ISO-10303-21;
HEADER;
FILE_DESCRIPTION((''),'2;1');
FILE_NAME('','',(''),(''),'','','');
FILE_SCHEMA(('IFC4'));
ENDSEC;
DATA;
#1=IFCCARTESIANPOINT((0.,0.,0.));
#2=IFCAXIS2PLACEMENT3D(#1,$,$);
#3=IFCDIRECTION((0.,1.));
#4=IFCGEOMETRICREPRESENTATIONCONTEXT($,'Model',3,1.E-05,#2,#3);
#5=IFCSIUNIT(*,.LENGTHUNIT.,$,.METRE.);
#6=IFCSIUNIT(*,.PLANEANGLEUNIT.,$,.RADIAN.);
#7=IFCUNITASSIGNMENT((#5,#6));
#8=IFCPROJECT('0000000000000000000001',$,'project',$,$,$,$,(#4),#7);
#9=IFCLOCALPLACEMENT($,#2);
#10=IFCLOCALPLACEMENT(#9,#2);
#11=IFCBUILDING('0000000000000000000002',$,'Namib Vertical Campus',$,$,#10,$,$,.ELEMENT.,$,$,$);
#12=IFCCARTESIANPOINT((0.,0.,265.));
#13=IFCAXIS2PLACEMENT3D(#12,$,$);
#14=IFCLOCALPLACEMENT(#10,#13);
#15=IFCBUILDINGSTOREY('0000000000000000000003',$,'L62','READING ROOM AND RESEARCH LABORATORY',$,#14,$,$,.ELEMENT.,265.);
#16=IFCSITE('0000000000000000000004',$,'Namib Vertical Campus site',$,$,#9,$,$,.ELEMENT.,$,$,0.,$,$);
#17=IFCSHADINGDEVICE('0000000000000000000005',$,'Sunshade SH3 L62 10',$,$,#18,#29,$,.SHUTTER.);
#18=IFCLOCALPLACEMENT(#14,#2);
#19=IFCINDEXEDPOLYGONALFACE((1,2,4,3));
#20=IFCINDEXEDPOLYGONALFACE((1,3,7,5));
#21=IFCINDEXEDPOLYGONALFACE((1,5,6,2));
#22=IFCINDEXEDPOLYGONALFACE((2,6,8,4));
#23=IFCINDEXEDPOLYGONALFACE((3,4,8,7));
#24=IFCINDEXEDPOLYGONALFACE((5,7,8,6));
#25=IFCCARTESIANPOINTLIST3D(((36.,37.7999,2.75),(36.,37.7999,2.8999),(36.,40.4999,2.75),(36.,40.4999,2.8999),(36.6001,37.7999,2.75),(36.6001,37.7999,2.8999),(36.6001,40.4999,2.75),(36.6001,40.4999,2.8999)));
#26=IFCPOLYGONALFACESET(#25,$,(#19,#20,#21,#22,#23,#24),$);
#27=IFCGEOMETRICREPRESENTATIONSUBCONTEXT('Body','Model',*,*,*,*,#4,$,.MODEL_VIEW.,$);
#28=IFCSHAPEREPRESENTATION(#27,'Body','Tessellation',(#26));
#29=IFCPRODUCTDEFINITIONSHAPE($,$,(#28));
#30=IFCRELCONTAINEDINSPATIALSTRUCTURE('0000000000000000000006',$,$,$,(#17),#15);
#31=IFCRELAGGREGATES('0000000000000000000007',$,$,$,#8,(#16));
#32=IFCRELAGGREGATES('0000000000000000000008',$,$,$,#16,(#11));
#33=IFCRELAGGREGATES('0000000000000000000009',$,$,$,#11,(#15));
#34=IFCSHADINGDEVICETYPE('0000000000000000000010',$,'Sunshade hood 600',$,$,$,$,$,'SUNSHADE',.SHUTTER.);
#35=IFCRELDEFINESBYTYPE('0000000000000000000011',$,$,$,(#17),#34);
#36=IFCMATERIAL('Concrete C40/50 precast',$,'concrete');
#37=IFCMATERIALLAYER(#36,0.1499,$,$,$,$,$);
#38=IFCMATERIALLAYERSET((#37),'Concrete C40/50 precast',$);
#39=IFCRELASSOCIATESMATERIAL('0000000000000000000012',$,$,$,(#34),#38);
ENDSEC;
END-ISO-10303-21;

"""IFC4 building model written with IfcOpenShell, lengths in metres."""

from ifc_helpers import new_model, si_unit, direction, frame, origin, origin_2d, place, context, subcontext, project, spatial, rectangle, extrude, material, layer, layer_set, type_object, element, save


model = new_model("IFC4")

# Units and contexts
model_context = context("Model", 3, precision=1e-05, world=origin(), true_north=direction((0.0, 1.0)))
body_context = subcontext(model_context, "Body", "Model", "MODEL_VIEW")
ifc_project = project(units=[si_unit("LENGTHUNIT", "METRE"), si_unit("PLANEANGLEUNIT", "RADIAN")], contexts=[model_context])

# Site, building, storey
site_placement = place(None, origin())
site = spatial("IfcSite", under=ifc_project, at=site_placement, Name="Namib Vertical Campus site", CompositionType="ELEMENT", RefElevation=0.0)
building_placement = place(site_placement, origin())
building = spatial("IfcBuilding", under=site, at=building_placement, Name="Namib Vertical Campus", CompositionType="ELEMENT")
storey_placement = place(building_placement, frame((0.0, 0.0, 265.0)))
storey = spatial("IfcBuildingStorey", under=building, at=storey_placement, Name="L62", Description="READING ROOM AND RESEARCH LABORATORY", CompositionType="ELEMENT", Elevation=265.0)

# Shading device
ifc_material_1 = material(Name="Concrete C40/50 precast", Category="concrete")
ifc_layer_1 = layer(ifc_material_1, 0.1499)
ifc_layer_set_1 = layer_set([ifc_layer_1], Name="Concrete C40/50 precast")
shading_device_type = type_object("IfcShadingDeviceType", Name="Sunshade hood 600", ElementType="SUNSHADE", PredefinedType="SHUTTER", material=ifc_layer_set_1)
for number, where, z_axis, x_axis, name in (
    (1, (36.3, 39.1499, 2.75), (0.0, 0.0, 1.0), (0.0, 1.0, 0.0), "Sunshade SH3 L62 10"),
):
    element("IfcShadingDevice", number, at=place(storey_placement, frame(where, z_axis=z_axis, x_axis=x_axis)), inside=storey, type_object=shading_device_type, Name=name, PredefinedType="SHUTTER", context=body_context, shape_type="SweptSolid", body=[
        extrude(rectangle(XDim=2.7, YDim=0.6001, at=origin_2d()), origin(), (0.0, 0.0, 1.0), 0.1499),
    ])

save(model, "model.ifc")
